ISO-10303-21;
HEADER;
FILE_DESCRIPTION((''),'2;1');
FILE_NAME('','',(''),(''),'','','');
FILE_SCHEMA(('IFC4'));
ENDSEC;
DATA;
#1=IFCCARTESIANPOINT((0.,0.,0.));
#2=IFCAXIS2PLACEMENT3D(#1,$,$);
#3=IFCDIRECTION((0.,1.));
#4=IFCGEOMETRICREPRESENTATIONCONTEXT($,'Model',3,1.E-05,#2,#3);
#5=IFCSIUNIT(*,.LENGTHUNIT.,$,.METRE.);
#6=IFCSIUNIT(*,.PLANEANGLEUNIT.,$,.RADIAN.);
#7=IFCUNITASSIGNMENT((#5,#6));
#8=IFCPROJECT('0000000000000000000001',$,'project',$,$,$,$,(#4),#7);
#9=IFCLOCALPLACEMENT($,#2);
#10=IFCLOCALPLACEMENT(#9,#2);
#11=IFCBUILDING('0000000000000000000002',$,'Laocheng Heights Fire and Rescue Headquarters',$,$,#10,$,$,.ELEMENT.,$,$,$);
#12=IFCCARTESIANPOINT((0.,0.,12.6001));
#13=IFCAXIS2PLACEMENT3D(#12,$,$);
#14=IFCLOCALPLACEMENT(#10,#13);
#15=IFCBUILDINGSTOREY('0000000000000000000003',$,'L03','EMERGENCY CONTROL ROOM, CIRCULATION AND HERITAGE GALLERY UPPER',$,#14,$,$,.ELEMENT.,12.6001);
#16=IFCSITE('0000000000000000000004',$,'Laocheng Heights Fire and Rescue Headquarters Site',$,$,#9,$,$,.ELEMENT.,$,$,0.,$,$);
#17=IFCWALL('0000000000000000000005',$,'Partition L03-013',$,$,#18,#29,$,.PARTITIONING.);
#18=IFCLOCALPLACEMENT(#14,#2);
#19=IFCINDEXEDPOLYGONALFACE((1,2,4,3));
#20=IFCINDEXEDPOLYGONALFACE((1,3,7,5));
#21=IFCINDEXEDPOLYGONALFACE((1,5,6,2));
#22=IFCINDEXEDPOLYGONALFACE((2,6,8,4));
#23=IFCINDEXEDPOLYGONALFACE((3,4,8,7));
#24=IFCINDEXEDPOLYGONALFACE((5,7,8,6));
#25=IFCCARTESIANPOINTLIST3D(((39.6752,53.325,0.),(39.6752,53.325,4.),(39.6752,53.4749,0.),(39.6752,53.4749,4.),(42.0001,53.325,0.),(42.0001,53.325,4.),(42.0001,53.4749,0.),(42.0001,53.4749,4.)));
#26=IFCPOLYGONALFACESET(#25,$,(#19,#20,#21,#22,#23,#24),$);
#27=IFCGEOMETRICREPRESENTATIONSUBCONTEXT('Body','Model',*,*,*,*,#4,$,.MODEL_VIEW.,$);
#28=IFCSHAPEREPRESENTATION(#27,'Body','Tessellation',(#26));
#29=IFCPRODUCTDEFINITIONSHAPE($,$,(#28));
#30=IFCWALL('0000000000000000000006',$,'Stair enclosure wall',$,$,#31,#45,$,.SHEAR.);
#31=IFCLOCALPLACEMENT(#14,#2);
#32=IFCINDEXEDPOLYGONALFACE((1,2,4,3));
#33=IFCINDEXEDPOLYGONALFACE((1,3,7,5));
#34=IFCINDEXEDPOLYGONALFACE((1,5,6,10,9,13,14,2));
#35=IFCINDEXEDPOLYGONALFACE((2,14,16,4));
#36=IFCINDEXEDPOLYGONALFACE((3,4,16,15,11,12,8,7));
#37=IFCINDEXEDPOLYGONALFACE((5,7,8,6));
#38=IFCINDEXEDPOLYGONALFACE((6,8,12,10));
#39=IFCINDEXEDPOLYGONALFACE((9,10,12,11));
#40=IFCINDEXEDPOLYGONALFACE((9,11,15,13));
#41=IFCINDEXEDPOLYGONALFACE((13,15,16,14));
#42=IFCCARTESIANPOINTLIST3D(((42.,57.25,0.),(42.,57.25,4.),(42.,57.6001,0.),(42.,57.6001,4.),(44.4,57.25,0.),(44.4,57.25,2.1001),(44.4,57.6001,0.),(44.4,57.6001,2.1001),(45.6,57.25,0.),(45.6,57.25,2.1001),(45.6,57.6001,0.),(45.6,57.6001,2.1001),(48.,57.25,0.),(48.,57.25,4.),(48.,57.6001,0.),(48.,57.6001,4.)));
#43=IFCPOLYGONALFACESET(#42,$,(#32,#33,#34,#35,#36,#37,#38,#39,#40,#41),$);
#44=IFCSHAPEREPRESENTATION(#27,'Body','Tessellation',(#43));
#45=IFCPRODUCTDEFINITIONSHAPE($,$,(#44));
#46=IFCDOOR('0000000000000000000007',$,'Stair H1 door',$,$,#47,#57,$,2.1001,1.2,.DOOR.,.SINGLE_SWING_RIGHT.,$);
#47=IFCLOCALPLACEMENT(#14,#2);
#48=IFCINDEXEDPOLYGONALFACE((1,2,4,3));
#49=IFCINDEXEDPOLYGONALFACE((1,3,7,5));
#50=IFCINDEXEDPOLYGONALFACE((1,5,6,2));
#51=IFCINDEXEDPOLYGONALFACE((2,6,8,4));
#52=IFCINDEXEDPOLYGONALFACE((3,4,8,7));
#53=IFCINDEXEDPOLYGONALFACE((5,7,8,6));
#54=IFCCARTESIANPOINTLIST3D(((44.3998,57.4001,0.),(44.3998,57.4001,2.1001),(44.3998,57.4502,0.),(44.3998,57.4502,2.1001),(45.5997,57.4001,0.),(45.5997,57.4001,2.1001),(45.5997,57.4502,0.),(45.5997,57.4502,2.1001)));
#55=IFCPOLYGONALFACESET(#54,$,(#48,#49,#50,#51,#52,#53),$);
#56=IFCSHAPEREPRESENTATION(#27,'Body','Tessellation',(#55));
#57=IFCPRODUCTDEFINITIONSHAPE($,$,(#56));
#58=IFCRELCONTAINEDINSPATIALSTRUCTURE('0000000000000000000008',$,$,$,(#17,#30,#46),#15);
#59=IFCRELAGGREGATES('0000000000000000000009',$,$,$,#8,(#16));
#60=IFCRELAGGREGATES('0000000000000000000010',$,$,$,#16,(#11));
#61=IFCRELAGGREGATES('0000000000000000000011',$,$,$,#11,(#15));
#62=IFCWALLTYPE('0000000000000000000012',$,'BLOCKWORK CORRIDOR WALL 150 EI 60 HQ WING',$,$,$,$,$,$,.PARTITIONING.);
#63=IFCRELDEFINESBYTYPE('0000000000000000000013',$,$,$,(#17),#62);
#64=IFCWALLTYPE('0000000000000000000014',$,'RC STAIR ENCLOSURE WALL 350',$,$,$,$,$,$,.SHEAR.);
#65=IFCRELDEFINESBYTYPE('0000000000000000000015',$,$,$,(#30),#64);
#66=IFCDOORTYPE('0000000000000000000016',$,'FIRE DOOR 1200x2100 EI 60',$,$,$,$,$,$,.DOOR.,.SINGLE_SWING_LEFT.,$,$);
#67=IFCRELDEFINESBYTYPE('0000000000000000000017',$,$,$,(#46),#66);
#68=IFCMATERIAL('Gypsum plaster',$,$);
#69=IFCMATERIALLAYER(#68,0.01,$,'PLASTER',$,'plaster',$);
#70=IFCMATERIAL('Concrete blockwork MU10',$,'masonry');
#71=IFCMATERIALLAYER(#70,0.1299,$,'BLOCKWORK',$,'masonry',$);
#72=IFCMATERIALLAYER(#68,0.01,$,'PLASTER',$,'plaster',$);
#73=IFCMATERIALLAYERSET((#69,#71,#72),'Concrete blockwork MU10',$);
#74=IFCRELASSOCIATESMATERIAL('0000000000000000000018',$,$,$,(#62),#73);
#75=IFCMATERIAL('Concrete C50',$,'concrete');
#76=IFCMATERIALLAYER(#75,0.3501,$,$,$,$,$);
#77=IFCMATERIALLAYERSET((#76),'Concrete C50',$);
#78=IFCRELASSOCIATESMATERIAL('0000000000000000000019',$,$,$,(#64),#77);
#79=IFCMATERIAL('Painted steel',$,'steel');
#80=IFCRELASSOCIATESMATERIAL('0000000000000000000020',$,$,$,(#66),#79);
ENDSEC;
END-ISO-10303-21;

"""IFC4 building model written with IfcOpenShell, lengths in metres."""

from ifc_helpers import new_model, si_unit, direction, frame, frame_2d, origin, place, context, subcontext, project, spatial, rectangle, extrude, material, layer, layer_set, type_object, element, fill, save


model = new_model("IFC4")

# Units and contexts
model_context = context("Model", 3, precision=1e-05, world=origin(), true_north=direction((0.0, 1.0)))
body_context = subcontext(model_context, "Body", "Model", "MODEL_VIEW")
ifc_project = project(units=[si_unit("LENGTHUNIT", "METRE"), si_unit("PLANEANGLEUNIT", "RADIAN")], contexts=[model_context])

# Site, building, storey
site_placement = place(None, origin())
site = spatial("IfcSite", under=ifc_project, at=site_placement, Name="Laocheng Heights Fire and Rescue Headquarters Site", CompositionType="ELEMENT", RefElevation=0.0)
building_placement = place(site_placement, origin())
building = spatial("IfcBuilding", under=site, at=building_placement, Name="Laocheng Heights Fire and Rescue Headquarters", CompositionType="ELEMENT")
storey_placement = place(building_placement, frame((0.0, 0.0, 12.6001)))
storey = spatial("IfcBuildingStorey", under=building, at=storey_placement, Name="L03", Description="EMERGENCY CONTROL ROOM, CIRCULATION AND HERITAGE GALLERY UPPER", CompositionType="ELEMENT", Elevation=12.6001)

# Wall
ifc_material_1 = material(Name="Gypsum plaster")
ifc_layer_1 = layer(ifc_material_1, 0.01, Name="PLASTER", Category="plaster")
ifc_material_2 = material(Name="Concrete blockwork MU10", Category="masonry")
ifc_layer_2 = layer(ifc_material_2, 0.1299, Name="BLOCKWORK", Category="masonry")
ifc_layer_3 = layer(ifc_material_1, 0.01, Name="PLASTER", Category="plaster")
ifc_layer_set_1 = layer_set([ifc_layer_1, ifc_layer_2, ifc_layer_3], Name="Concrete blockwork MU10")
wall_type_1 = type_object("IfcWallType", Name="BLOCKWORK CORRIDOR WALL 150 EI 60 HQ WING", PredefinedType="PARTITIONING", material=ifc_layer_set_1)
wall_1_placement = place(storey_placement, frame((39.675, 53.3999, 0.0), z_axis=(0.0, 0.0, 1.0), x_axis=(1.0, 0.0, 0.0)))
element("IfcWall", 1, at=wall_1_placement, inside=storey, type_object=wall_type_1, Name="Partition L03-013", PredefinedType="PARTITIONING", context=body_context, shape_type="SweptSolid", body=[
    extrude(rectangle(XDim=2.325, YDim=0.1499, at=frame_2d((1.1626, 0.0))), origin(), (0.0, 0.0, 1.0), 4.0),
])

# Wall, opening, door
ifc_material_3 = material(Name="Concrete C50", Category="concrete")
ifc_layer_4 = layer(ifc_material_3, 0.3501)
ifc_layer_set_2 = layer_set([ifc_layer_4], Name="Concrete C50")
wall_type_2 = type_object("IfcWallType", Name="RC STAIR ENCLOSURE WALL 350", PredefinedType="SHEAR", material=ifc_layer_set_2)
wall_2_placement = place(storey_placement, frame((42.0, 57.425, 0.0), z_axis=(0.0, 0.0, 1.0), x_axis=(1.0, 0.0, 0.0)))
wall_2 = element("IfcWall", 2, at=wall_2_placement, inside=storey, type_object=wall_type_2, Name="Stair enclosure wall", PredefinedType="SHEAR", context=body_context, shape_type="SweptSolid", body=[
    extrude(rectangle(XDim=6.0, YDim=0.3501, at=frame_2d((3.0, 0.0))), origin(), (0.0, 0.0, 1.0), 4.0),
])
opening_placement = place(wall_2_placement, frame((2.3999, 0.0, 0.0)))
opening = element("IfcOpeningElement", 3, at=opening_placement, cuts=wall_2, PredefinedType="OPENING", context=body_context, shape_type="SweptSolid", body=[
    extrude(rectangle(XDim=1.2, YDim=2.1001, at=frame_2d((0.6001, 1.05))), frame((0.0, 0.1851, 0.0), z_axis=(0.0, -1.0, 0.0), x_axis=(1.0, 0.0, 0.0)), (0.0, 0.0, 1.0), 0.3701),
])
ifc_material_4 = material(Name="Painted steel", Category="steel")
door_type = type_object("IfcDoorType", Name="FIRE DOOR 1200x2100 EI 60", OperationType="SINGLE_SWING_LEFT", PredefinedType="DOOR", material=ifc_material_4)
door_placement = place(opening_placement, frame((1.2, 0.0, 0.0), z_axis=(0.0, 0.0, 1.0), x_axis=(-1.0, 0.0, 0.0)))
door = element("IfcDoor", 4, at=door_placement, inside=storey, type_object=door_type, Name="Stair H1 door", OperationType="SINGLE_SWING_RIGHT", OverallHeight=2.1001, OverallWidth=1.2, PredefinedType="DOOR", context=body_context, shape_type="SweptSolid", body=[
    extrude(rectangle(XDim=1.2, YDim=2.1001, at=frame_2d((0.6001, 1.05))), frame((0.0, 0.0249, 0.0), z_axis=(0.0, -1.0, 0.0), x_axis=(1.0, 0.0, 0.0)), (0.0, 0.0, 1.0), 0.05),
])
fill(opening, door)

save(model, "model.ifc")
